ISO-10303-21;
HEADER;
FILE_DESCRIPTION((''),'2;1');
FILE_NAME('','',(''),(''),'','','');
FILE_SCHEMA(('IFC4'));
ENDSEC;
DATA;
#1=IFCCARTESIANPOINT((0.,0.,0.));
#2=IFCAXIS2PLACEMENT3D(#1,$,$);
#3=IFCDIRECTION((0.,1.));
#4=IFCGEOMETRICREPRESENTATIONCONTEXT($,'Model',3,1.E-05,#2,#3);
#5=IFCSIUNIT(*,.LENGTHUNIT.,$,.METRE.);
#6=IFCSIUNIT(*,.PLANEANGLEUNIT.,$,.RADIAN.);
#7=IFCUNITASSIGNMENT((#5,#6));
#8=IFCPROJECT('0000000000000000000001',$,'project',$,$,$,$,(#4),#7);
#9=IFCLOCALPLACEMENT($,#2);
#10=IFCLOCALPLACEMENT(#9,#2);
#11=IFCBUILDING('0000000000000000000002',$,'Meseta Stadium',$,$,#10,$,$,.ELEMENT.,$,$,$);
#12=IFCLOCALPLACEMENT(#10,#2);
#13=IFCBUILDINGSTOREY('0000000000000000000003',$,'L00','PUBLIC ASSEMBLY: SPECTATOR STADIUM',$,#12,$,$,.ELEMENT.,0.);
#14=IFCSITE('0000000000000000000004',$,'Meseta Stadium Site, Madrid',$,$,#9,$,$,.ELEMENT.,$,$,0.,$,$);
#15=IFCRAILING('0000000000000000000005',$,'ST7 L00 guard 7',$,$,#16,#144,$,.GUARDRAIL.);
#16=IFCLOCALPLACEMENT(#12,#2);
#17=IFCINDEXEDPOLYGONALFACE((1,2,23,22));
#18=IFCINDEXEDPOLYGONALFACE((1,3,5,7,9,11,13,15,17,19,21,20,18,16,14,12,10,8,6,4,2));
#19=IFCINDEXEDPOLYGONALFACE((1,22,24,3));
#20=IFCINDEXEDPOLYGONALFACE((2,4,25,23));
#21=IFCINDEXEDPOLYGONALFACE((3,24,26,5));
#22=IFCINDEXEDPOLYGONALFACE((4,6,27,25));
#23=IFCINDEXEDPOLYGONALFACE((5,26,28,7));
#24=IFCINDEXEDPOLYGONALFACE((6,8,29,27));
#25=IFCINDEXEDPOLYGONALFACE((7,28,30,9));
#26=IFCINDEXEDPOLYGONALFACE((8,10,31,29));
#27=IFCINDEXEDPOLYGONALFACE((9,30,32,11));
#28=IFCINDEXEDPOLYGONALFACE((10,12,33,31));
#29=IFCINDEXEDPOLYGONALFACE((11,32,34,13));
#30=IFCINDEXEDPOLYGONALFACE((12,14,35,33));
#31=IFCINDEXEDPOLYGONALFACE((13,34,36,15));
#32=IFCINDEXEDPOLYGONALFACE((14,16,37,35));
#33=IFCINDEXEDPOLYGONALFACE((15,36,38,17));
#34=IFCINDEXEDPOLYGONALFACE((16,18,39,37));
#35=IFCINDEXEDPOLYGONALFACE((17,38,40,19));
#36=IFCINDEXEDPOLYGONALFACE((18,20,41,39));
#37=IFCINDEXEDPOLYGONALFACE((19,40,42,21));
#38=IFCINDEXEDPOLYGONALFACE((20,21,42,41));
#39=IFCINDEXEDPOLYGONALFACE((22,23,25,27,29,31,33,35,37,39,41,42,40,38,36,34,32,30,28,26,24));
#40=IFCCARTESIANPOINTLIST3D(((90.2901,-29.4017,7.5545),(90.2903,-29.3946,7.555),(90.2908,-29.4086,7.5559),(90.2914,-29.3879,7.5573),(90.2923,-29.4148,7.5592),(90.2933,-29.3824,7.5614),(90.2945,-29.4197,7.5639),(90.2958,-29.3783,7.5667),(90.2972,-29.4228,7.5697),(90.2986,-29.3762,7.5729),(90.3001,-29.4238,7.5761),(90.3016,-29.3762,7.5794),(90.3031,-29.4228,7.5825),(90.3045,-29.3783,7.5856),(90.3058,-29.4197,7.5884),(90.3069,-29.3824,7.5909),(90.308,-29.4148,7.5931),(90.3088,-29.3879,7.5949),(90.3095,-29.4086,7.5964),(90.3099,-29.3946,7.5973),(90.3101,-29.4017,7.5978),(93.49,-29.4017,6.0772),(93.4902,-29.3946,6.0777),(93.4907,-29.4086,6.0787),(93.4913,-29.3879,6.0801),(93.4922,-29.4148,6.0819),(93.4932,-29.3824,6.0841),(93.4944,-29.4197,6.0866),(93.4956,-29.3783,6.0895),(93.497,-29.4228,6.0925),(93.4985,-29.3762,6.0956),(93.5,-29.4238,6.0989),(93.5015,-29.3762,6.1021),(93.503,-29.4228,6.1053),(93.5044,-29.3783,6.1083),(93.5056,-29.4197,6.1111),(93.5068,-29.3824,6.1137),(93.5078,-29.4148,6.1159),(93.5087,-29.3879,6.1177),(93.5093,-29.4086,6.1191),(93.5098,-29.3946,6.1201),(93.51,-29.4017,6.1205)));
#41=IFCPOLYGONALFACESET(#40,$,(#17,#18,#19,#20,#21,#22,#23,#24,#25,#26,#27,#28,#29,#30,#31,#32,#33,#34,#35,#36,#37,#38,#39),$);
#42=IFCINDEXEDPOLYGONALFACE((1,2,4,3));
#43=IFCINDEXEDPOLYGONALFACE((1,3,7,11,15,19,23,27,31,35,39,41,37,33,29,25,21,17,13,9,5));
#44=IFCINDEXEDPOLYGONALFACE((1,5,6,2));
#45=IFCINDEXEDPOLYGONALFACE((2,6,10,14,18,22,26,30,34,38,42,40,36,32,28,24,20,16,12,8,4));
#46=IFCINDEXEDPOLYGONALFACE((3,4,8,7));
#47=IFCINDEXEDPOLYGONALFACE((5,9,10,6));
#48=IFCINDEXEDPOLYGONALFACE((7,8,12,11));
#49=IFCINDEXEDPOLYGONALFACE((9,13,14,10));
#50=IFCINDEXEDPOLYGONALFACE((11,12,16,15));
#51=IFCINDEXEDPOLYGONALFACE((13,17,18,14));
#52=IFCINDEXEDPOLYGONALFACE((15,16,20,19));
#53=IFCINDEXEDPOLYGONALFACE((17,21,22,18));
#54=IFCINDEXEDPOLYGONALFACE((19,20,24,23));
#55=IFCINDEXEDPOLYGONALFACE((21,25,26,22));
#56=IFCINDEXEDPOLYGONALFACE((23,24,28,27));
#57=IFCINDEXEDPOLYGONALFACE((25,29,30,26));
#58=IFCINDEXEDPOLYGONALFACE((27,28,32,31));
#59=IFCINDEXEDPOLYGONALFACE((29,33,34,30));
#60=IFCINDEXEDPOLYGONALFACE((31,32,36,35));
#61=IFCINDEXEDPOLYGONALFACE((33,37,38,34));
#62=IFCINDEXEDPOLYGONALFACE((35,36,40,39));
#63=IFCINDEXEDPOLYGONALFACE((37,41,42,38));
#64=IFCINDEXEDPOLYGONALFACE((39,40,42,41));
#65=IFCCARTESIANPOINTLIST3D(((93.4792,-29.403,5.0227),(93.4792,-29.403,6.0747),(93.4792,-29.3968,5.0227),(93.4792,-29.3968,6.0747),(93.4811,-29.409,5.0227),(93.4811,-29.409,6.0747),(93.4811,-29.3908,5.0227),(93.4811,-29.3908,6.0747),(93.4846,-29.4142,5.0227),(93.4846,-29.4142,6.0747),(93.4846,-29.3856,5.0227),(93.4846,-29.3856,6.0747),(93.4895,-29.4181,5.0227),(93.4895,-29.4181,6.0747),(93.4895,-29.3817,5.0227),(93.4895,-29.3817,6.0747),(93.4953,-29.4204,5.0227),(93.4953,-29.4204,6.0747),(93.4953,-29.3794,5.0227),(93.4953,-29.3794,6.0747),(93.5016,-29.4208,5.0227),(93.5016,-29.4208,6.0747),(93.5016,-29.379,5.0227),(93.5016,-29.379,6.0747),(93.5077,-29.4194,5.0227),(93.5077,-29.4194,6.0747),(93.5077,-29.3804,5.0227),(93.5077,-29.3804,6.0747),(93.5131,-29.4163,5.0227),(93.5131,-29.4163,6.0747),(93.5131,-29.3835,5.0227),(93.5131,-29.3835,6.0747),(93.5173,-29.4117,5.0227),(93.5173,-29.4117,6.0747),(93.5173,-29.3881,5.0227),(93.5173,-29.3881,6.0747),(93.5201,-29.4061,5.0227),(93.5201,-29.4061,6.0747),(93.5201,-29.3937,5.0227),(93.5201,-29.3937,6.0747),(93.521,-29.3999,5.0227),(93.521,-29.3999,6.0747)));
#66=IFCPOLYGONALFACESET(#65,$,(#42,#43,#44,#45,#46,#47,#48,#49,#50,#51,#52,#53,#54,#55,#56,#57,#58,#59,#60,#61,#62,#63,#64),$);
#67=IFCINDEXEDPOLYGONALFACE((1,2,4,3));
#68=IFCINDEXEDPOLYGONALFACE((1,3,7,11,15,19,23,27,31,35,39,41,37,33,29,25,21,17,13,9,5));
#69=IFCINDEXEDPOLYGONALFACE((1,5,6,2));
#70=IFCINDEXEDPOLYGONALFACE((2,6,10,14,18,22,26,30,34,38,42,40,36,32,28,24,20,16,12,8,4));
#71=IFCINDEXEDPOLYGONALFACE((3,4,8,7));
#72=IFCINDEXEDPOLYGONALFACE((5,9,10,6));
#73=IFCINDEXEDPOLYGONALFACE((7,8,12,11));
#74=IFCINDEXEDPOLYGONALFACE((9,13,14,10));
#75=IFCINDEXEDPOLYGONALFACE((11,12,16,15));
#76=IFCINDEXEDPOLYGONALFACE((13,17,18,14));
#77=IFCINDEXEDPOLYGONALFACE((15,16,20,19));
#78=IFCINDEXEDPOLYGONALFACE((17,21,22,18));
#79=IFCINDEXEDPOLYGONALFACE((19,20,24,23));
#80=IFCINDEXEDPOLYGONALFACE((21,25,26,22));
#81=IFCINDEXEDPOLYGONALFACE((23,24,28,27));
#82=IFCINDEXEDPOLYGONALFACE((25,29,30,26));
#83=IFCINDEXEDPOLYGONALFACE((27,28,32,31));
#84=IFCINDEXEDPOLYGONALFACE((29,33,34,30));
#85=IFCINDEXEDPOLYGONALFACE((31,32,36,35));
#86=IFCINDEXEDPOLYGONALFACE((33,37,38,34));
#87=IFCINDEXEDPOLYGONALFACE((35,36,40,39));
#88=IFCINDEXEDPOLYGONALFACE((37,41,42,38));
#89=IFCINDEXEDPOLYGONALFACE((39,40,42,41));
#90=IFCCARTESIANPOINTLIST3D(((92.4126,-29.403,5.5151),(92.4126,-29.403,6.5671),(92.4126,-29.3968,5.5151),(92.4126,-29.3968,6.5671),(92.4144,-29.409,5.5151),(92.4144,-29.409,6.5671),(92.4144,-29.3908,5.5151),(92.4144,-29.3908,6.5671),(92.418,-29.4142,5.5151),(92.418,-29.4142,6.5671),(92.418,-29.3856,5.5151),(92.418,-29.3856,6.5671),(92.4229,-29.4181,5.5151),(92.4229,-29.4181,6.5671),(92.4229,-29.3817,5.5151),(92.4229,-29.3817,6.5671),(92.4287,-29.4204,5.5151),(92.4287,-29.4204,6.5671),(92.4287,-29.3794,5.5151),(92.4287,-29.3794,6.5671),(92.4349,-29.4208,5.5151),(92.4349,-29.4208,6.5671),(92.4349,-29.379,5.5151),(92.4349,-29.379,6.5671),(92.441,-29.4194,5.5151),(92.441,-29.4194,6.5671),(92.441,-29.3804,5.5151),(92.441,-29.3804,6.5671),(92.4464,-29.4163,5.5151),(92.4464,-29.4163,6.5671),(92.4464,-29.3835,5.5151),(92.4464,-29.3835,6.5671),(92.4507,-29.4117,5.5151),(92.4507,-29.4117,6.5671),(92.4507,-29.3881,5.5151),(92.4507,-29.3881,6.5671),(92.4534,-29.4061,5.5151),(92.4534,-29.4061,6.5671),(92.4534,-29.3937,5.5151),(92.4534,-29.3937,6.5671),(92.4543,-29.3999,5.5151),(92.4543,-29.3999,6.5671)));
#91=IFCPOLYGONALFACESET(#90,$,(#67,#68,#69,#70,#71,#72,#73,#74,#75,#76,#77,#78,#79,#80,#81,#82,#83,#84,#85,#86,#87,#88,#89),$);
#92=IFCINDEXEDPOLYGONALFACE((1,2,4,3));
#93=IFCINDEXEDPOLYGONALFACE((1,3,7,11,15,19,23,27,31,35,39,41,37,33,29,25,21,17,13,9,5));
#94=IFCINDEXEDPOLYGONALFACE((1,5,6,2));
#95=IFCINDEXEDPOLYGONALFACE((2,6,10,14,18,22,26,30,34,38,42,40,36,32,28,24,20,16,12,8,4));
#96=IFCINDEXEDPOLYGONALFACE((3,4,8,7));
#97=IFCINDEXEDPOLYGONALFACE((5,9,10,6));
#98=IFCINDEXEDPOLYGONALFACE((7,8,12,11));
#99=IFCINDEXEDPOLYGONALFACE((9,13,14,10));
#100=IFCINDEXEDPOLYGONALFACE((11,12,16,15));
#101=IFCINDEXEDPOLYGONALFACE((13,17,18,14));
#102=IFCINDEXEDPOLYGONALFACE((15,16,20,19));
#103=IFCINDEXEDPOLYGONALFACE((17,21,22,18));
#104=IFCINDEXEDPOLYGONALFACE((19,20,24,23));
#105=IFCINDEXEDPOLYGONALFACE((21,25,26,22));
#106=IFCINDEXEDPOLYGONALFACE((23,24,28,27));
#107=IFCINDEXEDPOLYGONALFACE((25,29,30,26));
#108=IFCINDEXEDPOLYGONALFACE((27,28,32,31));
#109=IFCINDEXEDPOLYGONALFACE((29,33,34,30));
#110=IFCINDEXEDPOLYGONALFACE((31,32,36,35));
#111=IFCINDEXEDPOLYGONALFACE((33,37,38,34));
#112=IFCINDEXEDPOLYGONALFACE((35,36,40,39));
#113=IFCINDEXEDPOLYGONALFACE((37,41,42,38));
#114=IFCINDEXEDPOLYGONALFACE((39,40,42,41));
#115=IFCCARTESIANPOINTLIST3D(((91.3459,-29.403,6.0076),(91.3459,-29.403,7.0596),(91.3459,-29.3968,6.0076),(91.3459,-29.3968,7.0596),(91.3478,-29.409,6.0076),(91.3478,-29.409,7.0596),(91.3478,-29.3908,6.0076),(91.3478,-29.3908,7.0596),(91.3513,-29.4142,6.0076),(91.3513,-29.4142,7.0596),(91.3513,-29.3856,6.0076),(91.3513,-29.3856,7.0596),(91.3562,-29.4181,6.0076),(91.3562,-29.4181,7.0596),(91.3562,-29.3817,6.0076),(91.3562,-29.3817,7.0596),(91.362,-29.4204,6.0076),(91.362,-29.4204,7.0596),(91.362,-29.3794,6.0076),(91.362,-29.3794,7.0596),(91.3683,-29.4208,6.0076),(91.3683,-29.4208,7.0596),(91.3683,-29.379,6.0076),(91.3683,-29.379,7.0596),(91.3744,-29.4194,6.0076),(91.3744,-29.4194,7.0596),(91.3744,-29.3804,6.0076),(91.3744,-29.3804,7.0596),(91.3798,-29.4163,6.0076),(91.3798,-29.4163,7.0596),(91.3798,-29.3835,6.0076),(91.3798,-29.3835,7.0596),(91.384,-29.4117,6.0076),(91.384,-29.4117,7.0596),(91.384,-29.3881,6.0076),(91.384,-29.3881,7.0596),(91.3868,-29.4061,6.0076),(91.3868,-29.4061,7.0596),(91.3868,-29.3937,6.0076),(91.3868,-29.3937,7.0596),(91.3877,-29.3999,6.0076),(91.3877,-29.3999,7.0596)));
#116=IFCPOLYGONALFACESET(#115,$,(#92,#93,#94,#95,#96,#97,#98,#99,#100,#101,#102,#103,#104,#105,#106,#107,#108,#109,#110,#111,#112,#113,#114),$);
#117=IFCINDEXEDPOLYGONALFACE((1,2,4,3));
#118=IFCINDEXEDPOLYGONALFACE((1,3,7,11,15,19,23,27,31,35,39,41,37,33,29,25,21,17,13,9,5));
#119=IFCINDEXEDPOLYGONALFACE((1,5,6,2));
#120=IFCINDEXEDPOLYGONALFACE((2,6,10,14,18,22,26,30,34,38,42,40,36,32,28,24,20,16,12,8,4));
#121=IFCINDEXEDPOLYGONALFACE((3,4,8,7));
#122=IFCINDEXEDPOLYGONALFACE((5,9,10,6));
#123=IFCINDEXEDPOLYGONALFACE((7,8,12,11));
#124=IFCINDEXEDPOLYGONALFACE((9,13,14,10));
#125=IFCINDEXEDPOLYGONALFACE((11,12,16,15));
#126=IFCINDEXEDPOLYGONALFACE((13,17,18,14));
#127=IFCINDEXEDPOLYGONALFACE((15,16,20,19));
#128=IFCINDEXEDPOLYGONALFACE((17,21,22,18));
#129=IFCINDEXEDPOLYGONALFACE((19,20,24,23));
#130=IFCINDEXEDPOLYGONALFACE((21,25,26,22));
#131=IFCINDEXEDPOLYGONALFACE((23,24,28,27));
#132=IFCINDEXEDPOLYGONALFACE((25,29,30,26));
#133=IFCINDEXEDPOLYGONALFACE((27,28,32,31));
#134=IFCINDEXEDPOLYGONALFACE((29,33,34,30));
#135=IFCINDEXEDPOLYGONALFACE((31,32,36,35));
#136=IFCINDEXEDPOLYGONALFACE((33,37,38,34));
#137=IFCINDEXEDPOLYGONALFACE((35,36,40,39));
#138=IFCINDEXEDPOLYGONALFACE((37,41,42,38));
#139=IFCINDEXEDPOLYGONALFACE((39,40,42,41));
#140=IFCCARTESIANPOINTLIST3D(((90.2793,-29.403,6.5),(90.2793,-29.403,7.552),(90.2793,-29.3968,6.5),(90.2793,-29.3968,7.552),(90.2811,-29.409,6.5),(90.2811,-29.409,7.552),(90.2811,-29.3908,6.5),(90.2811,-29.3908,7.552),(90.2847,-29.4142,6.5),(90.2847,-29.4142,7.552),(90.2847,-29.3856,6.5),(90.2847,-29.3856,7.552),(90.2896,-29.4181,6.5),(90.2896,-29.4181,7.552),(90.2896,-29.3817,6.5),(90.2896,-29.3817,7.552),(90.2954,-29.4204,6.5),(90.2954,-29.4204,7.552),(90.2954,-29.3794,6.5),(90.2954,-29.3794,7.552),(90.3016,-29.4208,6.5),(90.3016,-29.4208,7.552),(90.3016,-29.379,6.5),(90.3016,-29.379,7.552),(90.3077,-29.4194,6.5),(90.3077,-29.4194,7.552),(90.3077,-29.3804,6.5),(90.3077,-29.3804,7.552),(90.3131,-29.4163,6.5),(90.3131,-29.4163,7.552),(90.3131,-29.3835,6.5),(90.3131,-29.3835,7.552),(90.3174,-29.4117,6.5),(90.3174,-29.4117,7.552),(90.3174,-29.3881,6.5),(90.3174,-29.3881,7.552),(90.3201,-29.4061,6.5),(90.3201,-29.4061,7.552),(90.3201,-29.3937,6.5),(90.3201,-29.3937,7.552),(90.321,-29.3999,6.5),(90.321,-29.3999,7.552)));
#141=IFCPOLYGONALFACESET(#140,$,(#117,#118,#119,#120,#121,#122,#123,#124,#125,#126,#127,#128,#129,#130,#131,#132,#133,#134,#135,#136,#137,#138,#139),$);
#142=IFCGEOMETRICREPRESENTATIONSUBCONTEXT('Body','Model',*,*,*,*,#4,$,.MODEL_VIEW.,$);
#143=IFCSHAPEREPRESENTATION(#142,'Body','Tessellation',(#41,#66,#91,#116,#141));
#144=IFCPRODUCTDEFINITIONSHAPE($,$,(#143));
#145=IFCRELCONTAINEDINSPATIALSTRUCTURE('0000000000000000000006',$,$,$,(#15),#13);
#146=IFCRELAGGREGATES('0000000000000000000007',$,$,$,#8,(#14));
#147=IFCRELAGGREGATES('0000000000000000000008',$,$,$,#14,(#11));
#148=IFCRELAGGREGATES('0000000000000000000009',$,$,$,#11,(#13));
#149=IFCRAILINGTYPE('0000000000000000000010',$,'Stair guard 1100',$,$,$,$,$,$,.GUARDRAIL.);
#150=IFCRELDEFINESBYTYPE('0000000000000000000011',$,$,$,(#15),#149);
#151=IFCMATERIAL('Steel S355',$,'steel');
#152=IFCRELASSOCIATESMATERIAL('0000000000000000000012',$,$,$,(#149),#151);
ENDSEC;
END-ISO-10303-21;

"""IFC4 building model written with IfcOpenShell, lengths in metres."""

from ifc_helpers import new_model, si_unit, direction, frame, origin, origin_2d, place, context, subcontext, project, spatial, circle, extrude, material, type_object, element, save


model = new_model("IFC4")

# Units and contexts
model_context = context("Model", 3, precision=1e-05, world=origin(), true_north=direction((0.0, 1.0)))
body_context = subcontext(model_context, "Body", "Model", "MODEL_VIEW")
ifc_project = project(units=[si_unit("LENGTHUNIT", "METRE"), si_unit("PLANEANGLEUNIT", "RADIAN")], contexts=[model_context])

# Site, building, storey
site_placement = place(None, origin())
site = spatial("IfcSite", under=ifc_project, at=site_placement, Name="Meseta Stadium Site, Madrid", CompositionType="ELEMENT", RefElevation=0.0)
building_placement = place(site_placement, origin())
building = spatial("IfcBuilding", under=site, at=building_placement, Name="Meseta Stadium", CompositionType="ELEMENT")
storey_placement = place(building_placement, origin())
storey = spatial("IfcBuildingStorey", under=building, at=storey_placement, Name="L00", Description="PUBLIC ASSEMBLY: SPECTATOR STADIUM", CompositionType="ELEMENT", Elevation=0.0)

# Railing
ifc_material_1 = material(Name="Steel S355", Category="steel")
railing_type_1 = type_object("IfcRailingType", Name="Stair guard 1100", PredefinedType="GUARDRAIL", material=ifc_material_1)
railing_1_placement = place(storey_placement, frame((93.5, -29.3999, 5.0227)))
element("IfcRailing", 1, at=railing_1_placement, inside=storey, type_object=railing_type_1, Name="ST7 L00 guard 7", PredefinedType="GUARDRAIL", context=body_context, shape_type="SweptSolid", body=[
    extrude(circle(Radius=0.0239, at=origin_2d()), frame((0.0, 0.0, 1.0762), z_axis=(-0.907917, 0.0, 0.41915), x_axis=(0.0, -1.0, 0.0)), (0.0, 0.0, 1.0), 3.5244),
    extrude(circle(Radius=0.021, at=origin_2d()), origin(), (0.0, 0.0, 1.0), 1.052),
    extrude(circle(Radius=0.021, at=origin_2d()), frame((-1.0667, 0.0, 0.4924)), (0.0, 0.0, 1.0), 1.052),
    extrude(circle(Radius=0.021, at=origin_2d()), frame((-2.1333, 0.0, 0.9849)), (0.0, 0.0, 1.0), 1.052),
    extrude(circle(Radius=0.021, at=origin_2d()), frame((-3.2, 0.0, 1.4773)), (0.0, 0.0, 1.0), 1.052),
])

save(model, "model.ifc")
